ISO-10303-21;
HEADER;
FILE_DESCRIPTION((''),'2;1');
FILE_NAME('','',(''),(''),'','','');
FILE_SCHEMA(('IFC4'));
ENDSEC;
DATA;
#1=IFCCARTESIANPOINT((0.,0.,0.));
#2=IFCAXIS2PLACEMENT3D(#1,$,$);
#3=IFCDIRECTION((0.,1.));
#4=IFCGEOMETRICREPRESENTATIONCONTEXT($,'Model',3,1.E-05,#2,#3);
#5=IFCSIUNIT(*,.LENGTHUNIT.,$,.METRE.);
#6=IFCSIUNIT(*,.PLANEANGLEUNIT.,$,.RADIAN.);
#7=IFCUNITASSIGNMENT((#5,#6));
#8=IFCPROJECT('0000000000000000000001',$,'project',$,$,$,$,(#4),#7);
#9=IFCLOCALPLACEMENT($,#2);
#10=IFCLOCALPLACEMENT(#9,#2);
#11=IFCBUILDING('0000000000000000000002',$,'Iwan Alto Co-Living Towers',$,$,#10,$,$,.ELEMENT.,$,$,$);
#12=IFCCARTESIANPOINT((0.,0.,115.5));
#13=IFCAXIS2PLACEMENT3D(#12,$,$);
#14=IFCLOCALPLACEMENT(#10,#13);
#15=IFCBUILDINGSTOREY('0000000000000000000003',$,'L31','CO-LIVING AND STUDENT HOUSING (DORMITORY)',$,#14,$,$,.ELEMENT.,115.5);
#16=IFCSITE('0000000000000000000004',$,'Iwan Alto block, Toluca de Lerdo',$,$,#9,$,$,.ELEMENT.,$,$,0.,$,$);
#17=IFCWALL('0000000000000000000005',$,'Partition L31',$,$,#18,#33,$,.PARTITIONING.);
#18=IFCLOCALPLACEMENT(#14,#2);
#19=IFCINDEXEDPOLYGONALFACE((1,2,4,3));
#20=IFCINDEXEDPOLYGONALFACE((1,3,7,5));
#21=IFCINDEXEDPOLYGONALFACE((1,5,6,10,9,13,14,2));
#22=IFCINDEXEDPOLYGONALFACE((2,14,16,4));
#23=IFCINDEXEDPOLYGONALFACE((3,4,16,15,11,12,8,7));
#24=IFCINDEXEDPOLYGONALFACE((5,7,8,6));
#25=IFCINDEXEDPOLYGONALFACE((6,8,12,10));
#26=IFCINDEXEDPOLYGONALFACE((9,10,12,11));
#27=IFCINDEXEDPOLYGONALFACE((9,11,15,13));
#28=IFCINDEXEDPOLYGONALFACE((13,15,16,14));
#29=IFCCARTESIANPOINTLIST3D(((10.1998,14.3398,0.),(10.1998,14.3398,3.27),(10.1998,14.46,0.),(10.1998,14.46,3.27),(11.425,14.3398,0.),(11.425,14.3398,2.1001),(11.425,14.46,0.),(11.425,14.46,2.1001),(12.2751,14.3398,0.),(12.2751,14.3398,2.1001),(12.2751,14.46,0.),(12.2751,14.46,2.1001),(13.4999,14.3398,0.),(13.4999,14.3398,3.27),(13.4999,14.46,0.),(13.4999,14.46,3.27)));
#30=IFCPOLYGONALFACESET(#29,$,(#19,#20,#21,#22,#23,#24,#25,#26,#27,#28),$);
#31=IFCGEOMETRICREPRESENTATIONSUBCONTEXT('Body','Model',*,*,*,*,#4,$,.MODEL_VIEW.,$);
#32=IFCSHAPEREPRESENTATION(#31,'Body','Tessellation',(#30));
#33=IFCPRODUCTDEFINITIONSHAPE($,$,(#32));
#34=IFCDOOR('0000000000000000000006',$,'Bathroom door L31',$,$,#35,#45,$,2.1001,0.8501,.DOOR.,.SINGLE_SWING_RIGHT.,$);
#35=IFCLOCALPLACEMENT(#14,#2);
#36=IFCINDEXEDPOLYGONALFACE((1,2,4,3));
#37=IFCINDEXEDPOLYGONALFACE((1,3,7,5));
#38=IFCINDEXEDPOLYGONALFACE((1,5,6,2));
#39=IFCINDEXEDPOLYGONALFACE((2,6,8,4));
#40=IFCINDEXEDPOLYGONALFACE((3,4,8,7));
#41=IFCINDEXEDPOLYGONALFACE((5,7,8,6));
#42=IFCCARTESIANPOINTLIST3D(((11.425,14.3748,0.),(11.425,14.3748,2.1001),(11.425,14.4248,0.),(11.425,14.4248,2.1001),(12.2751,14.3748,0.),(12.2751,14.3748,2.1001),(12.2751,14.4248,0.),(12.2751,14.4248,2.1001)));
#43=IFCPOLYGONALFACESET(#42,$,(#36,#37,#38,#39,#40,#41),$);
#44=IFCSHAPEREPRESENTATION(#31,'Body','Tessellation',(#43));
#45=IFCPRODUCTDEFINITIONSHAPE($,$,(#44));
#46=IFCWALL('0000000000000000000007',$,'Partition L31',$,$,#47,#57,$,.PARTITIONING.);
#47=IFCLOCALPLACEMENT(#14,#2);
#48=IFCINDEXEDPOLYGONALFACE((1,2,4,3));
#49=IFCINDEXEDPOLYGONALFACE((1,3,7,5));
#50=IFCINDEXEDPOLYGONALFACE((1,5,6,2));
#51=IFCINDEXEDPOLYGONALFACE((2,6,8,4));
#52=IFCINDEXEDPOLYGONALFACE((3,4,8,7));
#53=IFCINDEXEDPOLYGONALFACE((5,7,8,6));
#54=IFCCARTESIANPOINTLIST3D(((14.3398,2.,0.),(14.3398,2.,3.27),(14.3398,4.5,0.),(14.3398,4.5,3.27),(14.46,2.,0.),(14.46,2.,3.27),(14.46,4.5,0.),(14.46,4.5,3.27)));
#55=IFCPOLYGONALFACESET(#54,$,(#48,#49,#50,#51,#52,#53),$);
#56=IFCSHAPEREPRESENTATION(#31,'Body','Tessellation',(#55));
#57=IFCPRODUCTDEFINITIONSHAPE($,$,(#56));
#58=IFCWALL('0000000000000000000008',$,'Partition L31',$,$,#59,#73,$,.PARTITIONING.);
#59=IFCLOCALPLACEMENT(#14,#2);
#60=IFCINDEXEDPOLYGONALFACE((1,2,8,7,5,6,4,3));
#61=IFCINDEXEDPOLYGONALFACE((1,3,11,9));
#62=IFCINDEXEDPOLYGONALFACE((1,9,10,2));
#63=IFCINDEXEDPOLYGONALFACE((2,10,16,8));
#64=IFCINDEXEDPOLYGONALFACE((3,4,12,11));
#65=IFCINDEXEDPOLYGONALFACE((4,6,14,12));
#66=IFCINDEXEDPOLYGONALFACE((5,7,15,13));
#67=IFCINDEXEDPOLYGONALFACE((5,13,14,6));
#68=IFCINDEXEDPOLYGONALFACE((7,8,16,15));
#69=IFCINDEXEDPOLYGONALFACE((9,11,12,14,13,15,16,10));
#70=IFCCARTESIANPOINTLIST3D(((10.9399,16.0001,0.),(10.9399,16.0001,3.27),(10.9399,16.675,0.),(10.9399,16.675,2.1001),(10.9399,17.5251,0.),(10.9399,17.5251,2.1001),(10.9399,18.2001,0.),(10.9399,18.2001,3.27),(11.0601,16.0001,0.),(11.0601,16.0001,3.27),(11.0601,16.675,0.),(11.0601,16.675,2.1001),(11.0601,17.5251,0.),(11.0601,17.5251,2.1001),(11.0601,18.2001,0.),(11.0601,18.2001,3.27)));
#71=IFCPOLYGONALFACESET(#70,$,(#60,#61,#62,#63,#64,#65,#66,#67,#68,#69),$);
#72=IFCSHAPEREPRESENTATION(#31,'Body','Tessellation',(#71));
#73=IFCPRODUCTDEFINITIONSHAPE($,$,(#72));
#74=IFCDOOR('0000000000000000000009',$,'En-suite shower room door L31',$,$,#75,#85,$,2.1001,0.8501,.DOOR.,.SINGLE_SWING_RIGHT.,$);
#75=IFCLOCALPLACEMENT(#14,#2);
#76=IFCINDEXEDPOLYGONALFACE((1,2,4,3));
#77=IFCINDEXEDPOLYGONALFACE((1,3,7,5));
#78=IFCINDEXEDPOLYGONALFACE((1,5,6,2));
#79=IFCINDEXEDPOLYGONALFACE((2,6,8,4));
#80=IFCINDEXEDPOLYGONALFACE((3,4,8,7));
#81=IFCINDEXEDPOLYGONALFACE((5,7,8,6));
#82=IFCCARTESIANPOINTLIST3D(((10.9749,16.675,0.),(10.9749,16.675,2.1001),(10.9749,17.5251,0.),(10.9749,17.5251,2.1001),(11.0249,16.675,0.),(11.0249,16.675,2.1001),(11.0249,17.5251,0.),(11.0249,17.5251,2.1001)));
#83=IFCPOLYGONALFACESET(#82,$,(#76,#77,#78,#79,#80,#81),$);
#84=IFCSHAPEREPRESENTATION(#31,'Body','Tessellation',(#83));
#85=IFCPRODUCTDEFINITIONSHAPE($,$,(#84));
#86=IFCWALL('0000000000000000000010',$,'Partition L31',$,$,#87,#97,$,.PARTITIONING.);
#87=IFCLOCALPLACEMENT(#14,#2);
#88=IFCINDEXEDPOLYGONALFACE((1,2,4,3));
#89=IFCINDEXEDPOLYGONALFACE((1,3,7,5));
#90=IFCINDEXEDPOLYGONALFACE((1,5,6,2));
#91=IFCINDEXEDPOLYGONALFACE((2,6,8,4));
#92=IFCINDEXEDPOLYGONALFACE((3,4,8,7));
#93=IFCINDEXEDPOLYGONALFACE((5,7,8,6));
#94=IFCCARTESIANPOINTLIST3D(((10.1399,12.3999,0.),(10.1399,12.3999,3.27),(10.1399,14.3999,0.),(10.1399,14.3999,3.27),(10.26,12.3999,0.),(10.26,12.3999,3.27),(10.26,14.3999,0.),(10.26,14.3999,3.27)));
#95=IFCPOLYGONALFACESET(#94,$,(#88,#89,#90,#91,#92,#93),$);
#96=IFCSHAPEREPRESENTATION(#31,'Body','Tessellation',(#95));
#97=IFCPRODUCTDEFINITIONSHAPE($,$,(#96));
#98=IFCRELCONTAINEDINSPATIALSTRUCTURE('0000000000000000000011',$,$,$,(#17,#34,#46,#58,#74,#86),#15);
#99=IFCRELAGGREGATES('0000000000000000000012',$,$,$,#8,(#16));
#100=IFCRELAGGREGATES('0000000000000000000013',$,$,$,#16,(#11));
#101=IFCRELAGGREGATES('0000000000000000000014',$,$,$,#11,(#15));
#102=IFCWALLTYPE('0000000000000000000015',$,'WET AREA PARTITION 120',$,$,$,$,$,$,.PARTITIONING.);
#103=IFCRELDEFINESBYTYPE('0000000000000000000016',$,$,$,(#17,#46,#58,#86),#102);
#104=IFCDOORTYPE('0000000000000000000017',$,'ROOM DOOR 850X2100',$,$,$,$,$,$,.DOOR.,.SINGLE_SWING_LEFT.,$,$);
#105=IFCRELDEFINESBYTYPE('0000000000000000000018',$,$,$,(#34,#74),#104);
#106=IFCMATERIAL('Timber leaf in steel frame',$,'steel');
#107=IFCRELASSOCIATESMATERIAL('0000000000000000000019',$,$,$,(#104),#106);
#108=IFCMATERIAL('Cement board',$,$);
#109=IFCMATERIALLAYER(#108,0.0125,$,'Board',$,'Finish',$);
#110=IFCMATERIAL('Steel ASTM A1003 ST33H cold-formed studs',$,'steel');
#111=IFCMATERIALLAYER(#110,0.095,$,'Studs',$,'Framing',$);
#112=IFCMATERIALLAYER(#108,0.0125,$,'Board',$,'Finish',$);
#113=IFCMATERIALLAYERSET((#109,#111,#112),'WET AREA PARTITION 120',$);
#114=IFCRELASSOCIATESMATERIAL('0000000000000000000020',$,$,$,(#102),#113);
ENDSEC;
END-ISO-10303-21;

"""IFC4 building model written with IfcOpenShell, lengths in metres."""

from ifc_helpers import new_model, si_unit, direction, frame, frame_2d, origin, place, context, subcontext, project, spatial, rectangle, extrude, material, layer, layer_set, type_object, element, fill, save


model = new_model("IFC4")

# Units and contexts
model_context = context("Model", 3, precision=1e-05, world=origin(), true_north=direction((0.0, 1.0)))
body_context = subcontext(model_context, "Body", "Model", "MODEL_VIEW")
ifc_project = project(units=[si_unit("LENGTHUNIT", "METRE"), si_unit("PLANEANGLEUNIT", "RADIAN")], contexts=[model_context])

# Site, building, storey
site_placement = place(None, origin())
site = spatial("IfcSite", under=ifc_project, at=site_placement, Name="Iwan Alto block, Toluca de Lerdo", CompositionType="ELEMENT", RefElevation=0.0)
building_placement = place(site_placement, origin())
building = spatial("IfcBuilding", under=site, at=building_placement, Name="Iwan Alto Co-Living Towers", CompositionType="ELEMENT")
storey_placement = place(building_placement, frame((0.0, 0.0, 115.5)))
storey = spatial("IfcBuildingStorey", under=building, at=storey_placement, Name="L31", Description="CO-LIVING AND STUDENT HOUSING (DORMITORY)", CompositionType="ELEMENT", Elevation=115.5)

# Shared definitions
ifc_material_1 = material(Name="Steel ASTM A1003 ST33H cold-formed studs", Category="steel")

# Shared definitions
ifc_material_2 = material(Name="Timber leaf in steel frame", Category="steel")
door_type_1 = type_object("IfcDoorType", Name="ROOM DOOR 850X2100", OperationType="SINGLE_SWING_LEFT", PredefinedType="DOOR", material=ifc_material_2)

# Wall, opening, door
ifc_material_3 = material(Name="Cement board")
ifc_layer_1 = layer(ifc_material_3, 0.0125, Name="Board", Category="Finish")
ifc_layer_2 = layer(ifc_material_1, 0.095, Name="Studs", Category="Framing")
ifc_layer_3 = layer(ifc_material_3, 0.0125, Name="Board", Category="Finish")
ifc_layer_set_1 = layer_set([ifc_layer_1, ifc_layer_2, ifc_layer_3], Name="WET AREA PARTITION 120")
wall_type_1 = type_object("IfcWallType", Name="WET AREA PARTITION 120", PredefinedType="PARTITIONING", material=ifc_layer_set_1)
wall_1_placement = place(storey_placement, frame((10.2, 14.3999, 0.0), z_axis=(0.0, 0.0, 1.0), x_axis=(1.0, 0.0, 0.0)))
wall_1 = element("IfcWall", 1, at=wall_1_placement, inside=storey, type_object=wall_type_1, Name="Partition L31", PredefinedType="PARTITIONING", context=body_context, shape_type="SweptSolid", body=[
    extrude(rectangle(XDim=3.3, YDim=0.1201, at=frame_2d((1.6499, 0.0))), origin(), (0.0, 0.0, 1.0), 3.27),
])
opening_1_placement = place(wall_1_placement, frame((1.2251, 0.0, 0.0)))
opening_1 = element("IfcOpeningElement", 2, at=opening_1_placement, cuts=wall_1, PredefinedType="OPENING", context=body_context, shape_type="SweptSolid", body=[
    extrude(rectangle(XDim=0.8501, YDim=2.1001, at=frame_2d((0.425, 1.05))), frame((0.0, 0.0701, 0.0), z_axis=(0.0, -1.0, 0.0), x_axis=(1.0, 0.0, 0.0)), (0.0, 0.0, 1.0), 0.1401),
])
door_1_placement = place(opening_1_placement, origin())
door_1 = element("IfcDoor", 3, at=door_1_placement, inside=storey, type_object=door_type_1, Name="Bathroom door L31", OperationType="SINGLE_SWING_RIGHT", OverallHeight=2.1001, OverallWidth=0.8501, PredefinedType="DOOR", context=body_context, shape_type="SweptSolid", body=[
    extrude(rectangle(XDim=0.8501, YDim=2.1001, at=frame_2d((0.425, 1.05))), frame((0.0, 0.0249, 0.0), z_axis=(0.0, -1.0, 0.0), x_axis=(1.0, 0.0, 0.0)), (0.0, 0.0, 1.0), 0.05),
])
fill(opening_1, door_1)

# Wall
wall_2_placement = place(storey_placement, frame((14.3999, 2.0, 0.0), z_axis=(0.0, 0.0, 1.0), x_axis=(0.0, 1.0, 0.0)))
element("IfcWall", 4, at=wall_2_placement, inside=storey, type_object=wall_type_1, Name="Partition L31", PredefinedType="PARTITIONING", context=body_context, shape_type="SweptSolid", body=[
    extrude(rectangle(XDim=2.5, YDim=0.1201, at=frame_2d((1.25, 0.0))), origin(), (0.0, 0.0, 1.0), 3.27),
])

# Wall, opening, door
wall_3_placement = place(storey_placement, frame((11.0, 16.0, 0.0), z_axis=(0.0, 0.0, 1.0), x_axis=(0.0, 1.0, 0.0)))
wall_3 = element("IfcWall", 5, at=wall_3_placement, inside=storey, type_object=wall_type_1, Name="Partition L31", PredefinedType="PARTITIONING", context=body_context, shape_type="SweptSolid", body=[
    extrude(rectangle(XDim=2.2, YDim=0.1201, at=frame_2d((1.1001, 0.0))), origin(), (0.0, 0.0, 1.0), 3.27),
])
opening_2_placement = place(wall_3_placement, frame((0.675, 0.0, 0.0)))
opening_2 = element("IfcOpeningElement", 6, at=opening_2_placement, cuts=wall_3, PredefinedType="OPENING", context=body_context, shape_type="SweptSolid", body=[
    extrude(rectangle(XDim=0.8501, YDim=2.1001, at=frame_2d((0.425, 1.05))), frame((0.0, 0.0701, 0.0), z_axis=(0.0, -1.0, 0.0), x_axis=(1.0, 0.0, 0.0)), (0.0, 0.0, 1.0), 0.1401),
])
door_2_placement = place(opening_2_placement, frame((0.8501, 0.0, 0.0), z_axis=(0.0, 0.0, 1.0), x_axis=(-1.0, 0.0, 0.0)))
door_2 = element("IfcDoor", 7, at=door_2_placement, inside=storey, type_object=door_type_1, Name="En-suite shower room door L31", OperationType="SINGLE_SWING_RIGHT", OverallHeight=2.1001, OverallWidth=0.8501, PredefinedType="DOOR", context=body_context, shape_type="SweptSolid", body=[
    extrude(rectangle(XDim=0.8501, YDim=2.1001, at=frame_2d((0.425, 1.05))), frame((0.0, 0.0249, 0.0), z_axis=(0.0, -1.0, 0.0), x_axis=(1.0, 0.0, 0.0)), (0.0, 0.0, 1.0), 0.05),
])
fill(opening_2, door_2)

# Wall
wall_4_placement = place(storey_placement, frame((10.2, 12.3999, 0.0), z_axis=(0.0, 0.0, 1.0), x_axis=(0.0, 1.0, 0.0)))
element("IfcWall", 8, at=wall_4_placement, inside=storey, type_object=wall_type_1, Name="Partition L31", PredefinedType="PARTITIONING", context=body_context, shape_type="SweptSolid", body=[
    extrude(rectangle(XDim=2.0, YDim=0.1201, at=frame_2d((1.0, 0.0))), origin(), (0.0, 0.0, 1.0), 3.27),
])

save(model, "model.ifc")
